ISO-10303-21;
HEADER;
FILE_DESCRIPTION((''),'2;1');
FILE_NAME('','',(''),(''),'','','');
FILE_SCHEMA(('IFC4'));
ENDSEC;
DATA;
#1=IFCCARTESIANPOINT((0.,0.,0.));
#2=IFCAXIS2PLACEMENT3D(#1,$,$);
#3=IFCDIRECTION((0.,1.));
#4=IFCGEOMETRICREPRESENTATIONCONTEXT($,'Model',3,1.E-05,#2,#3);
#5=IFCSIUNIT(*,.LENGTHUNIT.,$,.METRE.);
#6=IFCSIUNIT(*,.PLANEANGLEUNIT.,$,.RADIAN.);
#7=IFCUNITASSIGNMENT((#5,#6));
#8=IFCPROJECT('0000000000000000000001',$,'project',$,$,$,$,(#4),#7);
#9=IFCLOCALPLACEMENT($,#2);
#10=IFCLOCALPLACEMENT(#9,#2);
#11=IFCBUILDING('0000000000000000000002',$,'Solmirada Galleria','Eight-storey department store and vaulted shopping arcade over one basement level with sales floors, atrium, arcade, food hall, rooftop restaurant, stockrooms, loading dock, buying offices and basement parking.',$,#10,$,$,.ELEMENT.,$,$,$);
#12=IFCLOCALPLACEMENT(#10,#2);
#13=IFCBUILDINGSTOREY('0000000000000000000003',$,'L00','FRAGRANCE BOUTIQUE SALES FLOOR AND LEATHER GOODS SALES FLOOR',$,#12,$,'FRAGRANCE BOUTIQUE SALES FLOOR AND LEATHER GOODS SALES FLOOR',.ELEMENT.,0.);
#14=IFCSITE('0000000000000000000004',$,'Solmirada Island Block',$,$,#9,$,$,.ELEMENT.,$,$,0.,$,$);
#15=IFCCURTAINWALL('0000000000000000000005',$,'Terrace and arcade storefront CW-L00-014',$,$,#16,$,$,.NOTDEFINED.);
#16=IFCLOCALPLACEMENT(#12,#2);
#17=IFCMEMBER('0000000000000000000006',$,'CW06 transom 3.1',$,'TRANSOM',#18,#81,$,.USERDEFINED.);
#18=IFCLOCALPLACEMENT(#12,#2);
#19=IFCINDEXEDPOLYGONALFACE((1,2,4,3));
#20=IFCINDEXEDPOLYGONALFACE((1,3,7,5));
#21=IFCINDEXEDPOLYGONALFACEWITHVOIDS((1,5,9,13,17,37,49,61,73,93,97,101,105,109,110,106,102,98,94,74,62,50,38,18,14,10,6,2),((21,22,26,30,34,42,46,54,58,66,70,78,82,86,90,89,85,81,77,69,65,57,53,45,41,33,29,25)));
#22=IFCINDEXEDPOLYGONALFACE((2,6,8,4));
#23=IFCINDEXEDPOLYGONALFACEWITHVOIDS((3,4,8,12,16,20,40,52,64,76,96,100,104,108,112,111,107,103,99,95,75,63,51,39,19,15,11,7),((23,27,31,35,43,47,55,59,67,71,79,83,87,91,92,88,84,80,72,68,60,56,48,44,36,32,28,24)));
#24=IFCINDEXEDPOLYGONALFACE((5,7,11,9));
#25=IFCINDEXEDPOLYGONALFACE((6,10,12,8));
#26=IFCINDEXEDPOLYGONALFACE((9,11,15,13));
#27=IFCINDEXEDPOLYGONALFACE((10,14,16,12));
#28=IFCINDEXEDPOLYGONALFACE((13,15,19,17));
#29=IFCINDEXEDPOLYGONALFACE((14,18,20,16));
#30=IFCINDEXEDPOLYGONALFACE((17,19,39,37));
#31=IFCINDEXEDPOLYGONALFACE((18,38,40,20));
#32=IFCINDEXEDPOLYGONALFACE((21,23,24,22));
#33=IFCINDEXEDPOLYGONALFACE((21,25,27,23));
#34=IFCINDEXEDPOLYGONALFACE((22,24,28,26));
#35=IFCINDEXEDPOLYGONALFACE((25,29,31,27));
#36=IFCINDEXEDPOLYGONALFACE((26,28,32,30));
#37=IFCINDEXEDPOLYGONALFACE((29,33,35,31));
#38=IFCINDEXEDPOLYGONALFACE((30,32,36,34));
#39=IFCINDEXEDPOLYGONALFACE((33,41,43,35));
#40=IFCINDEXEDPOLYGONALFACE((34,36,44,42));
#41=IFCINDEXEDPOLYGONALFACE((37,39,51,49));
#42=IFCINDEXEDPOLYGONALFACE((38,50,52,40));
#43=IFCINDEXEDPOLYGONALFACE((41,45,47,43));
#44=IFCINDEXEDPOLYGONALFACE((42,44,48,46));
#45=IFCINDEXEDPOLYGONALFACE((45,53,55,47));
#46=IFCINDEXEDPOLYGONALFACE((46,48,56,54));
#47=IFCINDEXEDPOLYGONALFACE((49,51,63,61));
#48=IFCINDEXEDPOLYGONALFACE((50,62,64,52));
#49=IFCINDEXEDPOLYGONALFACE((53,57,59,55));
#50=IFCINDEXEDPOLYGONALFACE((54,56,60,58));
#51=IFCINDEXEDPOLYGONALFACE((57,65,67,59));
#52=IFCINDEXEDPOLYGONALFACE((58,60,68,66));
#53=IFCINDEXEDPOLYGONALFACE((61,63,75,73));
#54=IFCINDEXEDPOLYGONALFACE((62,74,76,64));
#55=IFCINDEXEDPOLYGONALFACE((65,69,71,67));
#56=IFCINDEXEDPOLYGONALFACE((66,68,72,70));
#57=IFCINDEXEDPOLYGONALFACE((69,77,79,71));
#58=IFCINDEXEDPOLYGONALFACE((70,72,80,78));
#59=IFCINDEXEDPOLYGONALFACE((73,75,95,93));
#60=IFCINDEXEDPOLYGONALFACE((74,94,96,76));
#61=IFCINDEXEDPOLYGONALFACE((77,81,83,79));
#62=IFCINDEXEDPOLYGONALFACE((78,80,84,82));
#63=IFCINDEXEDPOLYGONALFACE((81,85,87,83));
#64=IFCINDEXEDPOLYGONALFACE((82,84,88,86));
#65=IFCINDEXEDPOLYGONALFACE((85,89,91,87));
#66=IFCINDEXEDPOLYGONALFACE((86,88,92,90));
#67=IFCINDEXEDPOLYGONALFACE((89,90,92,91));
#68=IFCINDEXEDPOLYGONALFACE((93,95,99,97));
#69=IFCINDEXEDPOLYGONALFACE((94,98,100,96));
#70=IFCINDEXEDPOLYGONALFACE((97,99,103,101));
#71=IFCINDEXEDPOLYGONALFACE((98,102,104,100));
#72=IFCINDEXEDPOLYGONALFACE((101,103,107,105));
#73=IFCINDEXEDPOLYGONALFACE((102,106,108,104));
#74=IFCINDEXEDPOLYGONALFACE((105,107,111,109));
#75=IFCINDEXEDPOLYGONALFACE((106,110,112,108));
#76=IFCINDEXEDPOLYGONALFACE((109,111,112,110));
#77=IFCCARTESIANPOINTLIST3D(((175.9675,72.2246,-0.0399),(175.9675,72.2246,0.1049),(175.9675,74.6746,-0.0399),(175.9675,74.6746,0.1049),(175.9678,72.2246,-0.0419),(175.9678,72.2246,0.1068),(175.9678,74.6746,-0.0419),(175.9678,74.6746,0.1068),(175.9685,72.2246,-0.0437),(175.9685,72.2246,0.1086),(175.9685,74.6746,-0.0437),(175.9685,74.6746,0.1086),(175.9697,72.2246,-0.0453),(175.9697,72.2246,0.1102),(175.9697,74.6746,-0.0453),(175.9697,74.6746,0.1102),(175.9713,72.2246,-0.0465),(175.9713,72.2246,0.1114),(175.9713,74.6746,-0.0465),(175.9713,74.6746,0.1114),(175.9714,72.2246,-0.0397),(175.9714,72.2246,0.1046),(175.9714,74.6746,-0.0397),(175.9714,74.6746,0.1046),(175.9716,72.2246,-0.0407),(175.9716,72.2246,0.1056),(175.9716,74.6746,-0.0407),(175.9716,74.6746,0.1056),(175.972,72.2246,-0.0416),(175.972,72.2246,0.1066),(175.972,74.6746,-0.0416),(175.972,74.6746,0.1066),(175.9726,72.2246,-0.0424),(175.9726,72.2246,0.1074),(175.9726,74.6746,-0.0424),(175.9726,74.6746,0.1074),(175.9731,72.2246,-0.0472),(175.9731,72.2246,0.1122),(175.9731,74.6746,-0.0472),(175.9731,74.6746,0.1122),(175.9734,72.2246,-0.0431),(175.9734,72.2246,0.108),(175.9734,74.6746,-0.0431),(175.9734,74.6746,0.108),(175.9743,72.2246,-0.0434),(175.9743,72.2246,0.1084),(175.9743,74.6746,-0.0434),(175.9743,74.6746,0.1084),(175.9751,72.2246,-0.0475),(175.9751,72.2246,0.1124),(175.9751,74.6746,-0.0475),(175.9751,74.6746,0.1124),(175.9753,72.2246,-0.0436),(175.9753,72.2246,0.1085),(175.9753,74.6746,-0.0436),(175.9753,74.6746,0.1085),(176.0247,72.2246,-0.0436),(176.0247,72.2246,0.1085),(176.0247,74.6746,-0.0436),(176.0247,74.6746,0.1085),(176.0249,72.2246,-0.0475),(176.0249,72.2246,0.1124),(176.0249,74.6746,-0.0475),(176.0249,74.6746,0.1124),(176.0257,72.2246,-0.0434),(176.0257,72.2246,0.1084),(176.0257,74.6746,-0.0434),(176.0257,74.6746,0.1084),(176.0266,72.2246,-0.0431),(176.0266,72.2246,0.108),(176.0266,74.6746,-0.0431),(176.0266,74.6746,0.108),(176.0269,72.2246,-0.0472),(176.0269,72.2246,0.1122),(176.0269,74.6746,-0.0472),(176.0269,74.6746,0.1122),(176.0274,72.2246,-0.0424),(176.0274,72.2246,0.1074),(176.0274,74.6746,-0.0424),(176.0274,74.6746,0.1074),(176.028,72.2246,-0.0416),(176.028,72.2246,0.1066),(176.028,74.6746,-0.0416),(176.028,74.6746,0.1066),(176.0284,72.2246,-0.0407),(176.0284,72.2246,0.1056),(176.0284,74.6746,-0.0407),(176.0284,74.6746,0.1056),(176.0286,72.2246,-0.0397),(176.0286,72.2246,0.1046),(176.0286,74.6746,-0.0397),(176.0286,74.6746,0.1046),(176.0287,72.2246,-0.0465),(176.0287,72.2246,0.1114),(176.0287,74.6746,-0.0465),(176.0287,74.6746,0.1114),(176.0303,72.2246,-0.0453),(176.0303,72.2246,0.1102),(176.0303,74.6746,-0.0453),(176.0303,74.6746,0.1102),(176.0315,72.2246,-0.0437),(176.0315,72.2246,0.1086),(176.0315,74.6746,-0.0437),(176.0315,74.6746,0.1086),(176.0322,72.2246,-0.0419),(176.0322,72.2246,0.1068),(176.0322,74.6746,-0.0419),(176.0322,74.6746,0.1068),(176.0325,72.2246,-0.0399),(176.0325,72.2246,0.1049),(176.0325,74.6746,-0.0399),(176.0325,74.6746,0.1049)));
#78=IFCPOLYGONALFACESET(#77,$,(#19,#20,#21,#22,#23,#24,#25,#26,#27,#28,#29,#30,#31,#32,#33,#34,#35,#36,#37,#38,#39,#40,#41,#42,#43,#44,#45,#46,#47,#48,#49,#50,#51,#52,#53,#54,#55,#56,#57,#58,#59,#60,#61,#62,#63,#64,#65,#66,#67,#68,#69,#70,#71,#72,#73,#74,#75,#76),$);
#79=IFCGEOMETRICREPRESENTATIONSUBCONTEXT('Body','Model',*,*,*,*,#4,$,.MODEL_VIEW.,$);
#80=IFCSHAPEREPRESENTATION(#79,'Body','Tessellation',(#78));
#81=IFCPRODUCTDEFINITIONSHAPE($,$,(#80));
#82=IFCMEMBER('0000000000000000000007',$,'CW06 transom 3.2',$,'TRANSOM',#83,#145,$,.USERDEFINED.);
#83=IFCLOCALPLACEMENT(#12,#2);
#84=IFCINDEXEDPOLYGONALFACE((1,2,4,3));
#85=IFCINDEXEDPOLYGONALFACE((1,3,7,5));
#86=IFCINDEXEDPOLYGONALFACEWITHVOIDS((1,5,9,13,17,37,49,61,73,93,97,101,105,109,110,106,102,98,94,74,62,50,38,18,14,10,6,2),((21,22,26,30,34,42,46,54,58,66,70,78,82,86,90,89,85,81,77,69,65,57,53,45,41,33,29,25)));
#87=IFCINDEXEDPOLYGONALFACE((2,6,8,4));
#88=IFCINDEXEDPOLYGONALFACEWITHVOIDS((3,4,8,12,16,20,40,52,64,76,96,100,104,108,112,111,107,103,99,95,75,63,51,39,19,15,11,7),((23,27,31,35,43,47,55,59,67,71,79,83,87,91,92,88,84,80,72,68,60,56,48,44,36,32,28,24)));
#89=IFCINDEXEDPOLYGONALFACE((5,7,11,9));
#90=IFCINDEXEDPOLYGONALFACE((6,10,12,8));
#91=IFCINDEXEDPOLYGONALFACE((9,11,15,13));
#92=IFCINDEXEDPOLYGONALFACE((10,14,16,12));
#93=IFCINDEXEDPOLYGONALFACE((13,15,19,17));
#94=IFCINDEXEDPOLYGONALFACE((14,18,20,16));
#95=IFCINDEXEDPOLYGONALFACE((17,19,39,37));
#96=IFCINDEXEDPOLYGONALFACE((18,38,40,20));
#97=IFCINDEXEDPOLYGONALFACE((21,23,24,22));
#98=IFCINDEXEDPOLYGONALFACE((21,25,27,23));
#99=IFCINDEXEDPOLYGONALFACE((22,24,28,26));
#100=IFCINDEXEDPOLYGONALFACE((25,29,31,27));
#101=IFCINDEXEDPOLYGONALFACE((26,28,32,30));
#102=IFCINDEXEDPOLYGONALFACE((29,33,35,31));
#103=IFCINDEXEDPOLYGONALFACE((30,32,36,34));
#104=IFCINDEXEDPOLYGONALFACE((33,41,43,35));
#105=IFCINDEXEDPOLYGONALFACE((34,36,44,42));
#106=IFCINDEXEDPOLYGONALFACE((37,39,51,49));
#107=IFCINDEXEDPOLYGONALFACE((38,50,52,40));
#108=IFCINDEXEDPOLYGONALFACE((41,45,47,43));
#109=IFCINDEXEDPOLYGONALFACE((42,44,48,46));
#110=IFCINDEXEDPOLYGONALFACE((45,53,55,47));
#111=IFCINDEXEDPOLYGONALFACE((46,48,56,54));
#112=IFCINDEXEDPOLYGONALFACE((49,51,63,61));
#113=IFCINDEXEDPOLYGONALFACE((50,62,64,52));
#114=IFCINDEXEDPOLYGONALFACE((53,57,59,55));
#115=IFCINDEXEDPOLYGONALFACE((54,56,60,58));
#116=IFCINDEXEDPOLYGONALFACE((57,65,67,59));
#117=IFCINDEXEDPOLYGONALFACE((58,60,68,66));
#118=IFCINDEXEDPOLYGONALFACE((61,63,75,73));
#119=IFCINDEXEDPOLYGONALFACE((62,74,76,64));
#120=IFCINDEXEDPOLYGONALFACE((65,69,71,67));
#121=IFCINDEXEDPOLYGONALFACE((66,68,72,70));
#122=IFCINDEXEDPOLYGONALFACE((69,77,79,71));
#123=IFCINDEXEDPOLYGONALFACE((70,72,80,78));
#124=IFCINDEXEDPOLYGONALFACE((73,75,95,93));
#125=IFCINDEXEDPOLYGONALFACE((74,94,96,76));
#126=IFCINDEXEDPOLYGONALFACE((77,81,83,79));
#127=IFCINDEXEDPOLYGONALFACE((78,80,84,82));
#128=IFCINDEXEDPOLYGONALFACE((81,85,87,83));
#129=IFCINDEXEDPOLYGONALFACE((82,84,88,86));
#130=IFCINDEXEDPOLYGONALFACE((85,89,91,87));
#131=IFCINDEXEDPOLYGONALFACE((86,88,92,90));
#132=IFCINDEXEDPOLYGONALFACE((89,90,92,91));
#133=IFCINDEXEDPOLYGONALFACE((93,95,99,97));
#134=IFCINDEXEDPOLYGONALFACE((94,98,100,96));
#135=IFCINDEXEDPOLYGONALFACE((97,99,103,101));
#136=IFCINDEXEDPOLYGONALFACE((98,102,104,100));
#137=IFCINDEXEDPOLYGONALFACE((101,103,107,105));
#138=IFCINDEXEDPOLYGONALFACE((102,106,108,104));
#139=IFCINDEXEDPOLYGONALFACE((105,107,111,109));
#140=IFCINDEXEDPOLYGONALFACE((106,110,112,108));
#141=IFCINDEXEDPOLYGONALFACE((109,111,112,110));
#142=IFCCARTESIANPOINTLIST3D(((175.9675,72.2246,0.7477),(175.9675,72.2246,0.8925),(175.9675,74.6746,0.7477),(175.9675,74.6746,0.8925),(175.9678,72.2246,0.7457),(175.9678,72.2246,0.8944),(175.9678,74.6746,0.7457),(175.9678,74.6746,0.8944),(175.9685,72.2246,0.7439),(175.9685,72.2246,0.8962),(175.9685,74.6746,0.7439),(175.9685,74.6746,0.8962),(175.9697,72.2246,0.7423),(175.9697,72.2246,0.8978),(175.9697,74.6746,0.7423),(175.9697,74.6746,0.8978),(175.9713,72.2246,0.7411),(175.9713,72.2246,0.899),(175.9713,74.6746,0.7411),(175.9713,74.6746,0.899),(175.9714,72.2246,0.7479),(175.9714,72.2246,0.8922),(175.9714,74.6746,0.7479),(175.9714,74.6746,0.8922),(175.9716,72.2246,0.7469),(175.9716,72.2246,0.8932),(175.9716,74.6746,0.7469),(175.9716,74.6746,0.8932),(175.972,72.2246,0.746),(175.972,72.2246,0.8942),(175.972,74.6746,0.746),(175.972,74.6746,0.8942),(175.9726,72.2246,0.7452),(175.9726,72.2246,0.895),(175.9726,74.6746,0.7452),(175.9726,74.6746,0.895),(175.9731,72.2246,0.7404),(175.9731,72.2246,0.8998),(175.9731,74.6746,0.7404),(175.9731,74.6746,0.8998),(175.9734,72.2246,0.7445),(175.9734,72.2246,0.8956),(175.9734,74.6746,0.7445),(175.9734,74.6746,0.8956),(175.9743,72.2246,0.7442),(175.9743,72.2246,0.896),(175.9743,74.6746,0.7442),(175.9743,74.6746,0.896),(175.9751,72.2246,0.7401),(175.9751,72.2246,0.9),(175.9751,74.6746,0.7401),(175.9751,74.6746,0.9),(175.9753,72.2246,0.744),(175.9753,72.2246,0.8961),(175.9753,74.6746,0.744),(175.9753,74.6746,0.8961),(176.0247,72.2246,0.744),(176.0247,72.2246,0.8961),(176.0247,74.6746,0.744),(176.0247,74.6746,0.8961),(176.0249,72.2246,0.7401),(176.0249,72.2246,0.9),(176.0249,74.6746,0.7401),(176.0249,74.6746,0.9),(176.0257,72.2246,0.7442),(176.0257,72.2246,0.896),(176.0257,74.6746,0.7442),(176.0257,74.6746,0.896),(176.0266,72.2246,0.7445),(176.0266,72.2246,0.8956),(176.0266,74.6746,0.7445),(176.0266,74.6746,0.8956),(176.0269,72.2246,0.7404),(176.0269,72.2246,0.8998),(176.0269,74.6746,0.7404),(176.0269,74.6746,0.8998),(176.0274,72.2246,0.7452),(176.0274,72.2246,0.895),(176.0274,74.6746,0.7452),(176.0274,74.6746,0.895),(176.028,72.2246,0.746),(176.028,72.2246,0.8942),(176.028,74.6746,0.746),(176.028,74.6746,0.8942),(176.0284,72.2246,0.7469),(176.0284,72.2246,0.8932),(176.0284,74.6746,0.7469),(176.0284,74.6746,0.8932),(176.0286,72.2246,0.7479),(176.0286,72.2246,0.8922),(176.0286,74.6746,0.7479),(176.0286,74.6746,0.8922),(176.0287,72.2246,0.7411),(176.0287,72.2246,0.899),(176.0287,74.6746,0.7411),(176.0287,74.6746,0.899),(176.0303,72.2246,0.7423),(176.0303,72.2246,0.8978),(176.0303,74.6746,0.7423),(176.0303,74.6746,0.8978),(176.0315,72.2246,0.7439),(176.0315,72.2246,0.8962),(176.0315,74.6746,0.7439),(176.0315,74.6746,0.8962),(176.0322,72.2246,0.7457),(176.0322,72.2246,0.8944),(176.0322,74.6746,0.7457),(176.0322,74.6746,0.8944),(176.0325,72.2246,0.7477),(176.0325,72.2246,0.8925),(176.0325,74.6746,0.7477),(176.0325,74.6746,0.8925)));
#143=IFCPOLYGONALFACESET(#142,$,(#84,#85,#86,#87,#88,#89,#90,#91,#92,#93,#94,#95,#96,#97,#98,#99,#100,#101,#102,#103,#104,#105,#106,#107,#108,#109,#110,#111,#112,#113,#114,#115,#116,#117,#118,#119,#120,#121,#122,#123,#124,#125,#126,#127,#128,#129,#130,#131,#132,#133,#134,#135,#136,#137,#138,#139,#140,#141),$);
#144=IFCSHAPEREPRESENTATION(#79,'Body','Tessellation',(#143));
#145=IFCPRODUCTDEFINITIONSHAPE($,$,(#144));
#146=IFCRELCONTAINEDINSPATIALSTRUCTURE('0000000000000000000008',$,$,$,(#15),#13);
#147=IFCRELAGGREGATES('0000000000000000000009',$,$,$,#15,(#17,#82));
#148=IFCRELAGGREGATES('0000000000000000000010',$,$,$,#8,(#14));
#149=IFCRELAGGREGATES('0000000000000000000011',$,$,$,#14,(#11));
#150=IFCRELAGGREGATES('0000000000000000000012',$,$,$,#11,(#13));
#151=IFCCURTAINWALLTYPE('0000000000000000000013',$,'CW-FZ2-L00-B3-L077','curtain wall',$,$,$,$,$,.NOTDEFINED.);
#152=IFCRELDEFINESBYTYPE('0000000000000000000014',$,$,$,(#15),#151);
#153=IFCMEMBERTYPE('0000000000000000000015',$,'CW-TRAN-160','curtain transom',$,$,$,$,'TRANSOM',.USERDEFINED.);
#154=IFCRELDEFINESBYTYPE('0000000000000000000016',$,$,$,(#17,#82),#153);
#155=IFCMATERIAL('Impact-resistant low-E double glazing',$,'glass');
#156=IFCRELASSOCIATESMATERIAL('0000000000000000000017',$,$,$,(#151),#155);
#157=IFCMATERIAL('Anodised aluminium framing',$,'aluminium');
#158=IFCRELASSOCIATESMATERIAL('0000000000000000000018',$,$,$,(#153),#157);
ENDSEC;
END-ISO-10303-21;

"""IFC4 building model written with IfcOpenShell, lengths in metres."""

from ifc_helpers import new_model, si_unit, direction, frame, origin, origin_2d, place, context, subcontext, project, spatial, hollow_rectangle, extrude, material, material_profile, profile_set, type_object, element, aggregate, save


model = new_model("IFC4")

# Units and contexts
model_context = context("Model", 3, precision=1e-05, world=origin(), true_north=direction((0.0, 1.0)))
body_context = subcontext(model_context, "Body", "Model", "MODEL_VIEW")
ifc_project = project(units=[si_unit("LENGTHUNIT", "METRE"), si_unit("PLANEANGLEUNIT", "RADIAN")], contexts=[model_context])

# Site, building, storey
site_placement = place(None, origin())
site = spatial("IfcSite", under=ifc_project, at=site_placement, Name="Solmirada Island Block", CompositionType="ELEMENT", RefElevation=0.0)
building_placement = place(site_placement, origin())
building = spatial("IfcBuilding", under=site, at=building_placement, Name="Solmirada Galleria", Description="Eight-storey department store and vaulted shopping arcade over one basement level with sales floors, atrium, arcade, food hall, rooftop restaurant, stockrooms, loading dock, buying offices and basement parking.", CompositionType="ELEMENT")
storey_placement = place(building_placement, origin())
storey = spatial("IfcBuildingStorey", under=building, at=storey_placement, Name="L00", Description="FRAGRANCE BOUTIQUE SALES FLOOR AND LEATHER GOODS SALES FLOOR", LongName="FRAGRANCE BOUTIQUE SALES FLOOR AND LEATHER GOODS SALES FLOOR", CompositionType="ELEMENT", Elevation=0.0)

# Curtain wall, members
ifc_material_1 = material(Name="Impact-resistant low-E double glazing", Category="glass")
curtain_wall_type = type_object("IfcCurtainWallType", Name="CW-FZ2-L00-B3-L077", Description="curtain wall", PredefinedType="NOTDEFINED", material=ifc_material_1)
curtain_wall_placement = place(storey_placement, origin())
curtain_wall = element("IfcCurtainWall", 1, at=curtain_wall_placement, inside=storey, type_object=curtain_wall_type, Name="Terrace and arcade storefront CW-L00-014", PredefinedType="NOTDEFINED")
ifc_material_2 = material(Name="Anodised aluminium framing", Category="aluminium")
ifc_material_profile_1 = material_profile(ifc_material_2, hollow_rectangle(XDim=0.0649, YDim=0.1599, WallThickness=0.0039, InnerFilletRadius=0.0039, OuterFilletRadius=0.0076, at=origin_2d()), Name="ALU-TRAN-160X65")
ifc_profile_set_1 = profile_set([ifc_material_profile_1], Name="Anodised aluminium framing")
member_type_1 = type_object("IfcMemberType", Name="CW-TRAN-160", Description="curtain transom", ElementType="TRANSOM", PredefinedType="USERDEFINED", material=ifc_profile_set_1)
member_1_placement = place(storey_placement, frame((176.0, 74.6746, 0.0325), z_axis=(0.0, -1.0, 0.0), x_axis=(1.0, 0.0, 0.0)))
member_1 = element("IfcMember", 2, at=member_1_placement, type_object=member_type_1, Name="CW06 transom 3.1", ObjectType="TRANSOM", PredefinedType="USERDEFINED", context=body_context, shape_type="SweptSolid", body=[
    extrude(hollow_rectangle(XDim=0.0649, YDim=0.1599, WallThickness=0.0039, InnerFilletRadius=0.0039, OuterFilletRadius=0.0076, at=origin_2d()), origin(), (0.0, 0.0, 1.0), 2.45),
])
member_2_placement = place(storey_placement, frame((176.0, 74.6746, 0.8201), z_axis=(0.0, -1.0, 0.0), x_axis=(1.0, 0.0, 0.0)))
member_2 = element("IfcMember", 3, at=member_2_placement, type_object=member_type_1, Name="CW06 transom 3.2", ObjectType="TRANSOM", PredefinedType="USERDEFINED", context=body_context, shape_type="SweptSolid", body=[
    extrude(hollow_rectangle(XDim=0.0649, YDim=0.1599, WallThickness=0.0039, InnerFilletRadius=0.0039, OuterFilletRadius=0.0076, at=origin_2d()), origin(), (0.0, 0.0, 1.0), 2.45),
])

aggregate(curtain_wall, [member_1, member_2])

save(model, "model.ifc")
